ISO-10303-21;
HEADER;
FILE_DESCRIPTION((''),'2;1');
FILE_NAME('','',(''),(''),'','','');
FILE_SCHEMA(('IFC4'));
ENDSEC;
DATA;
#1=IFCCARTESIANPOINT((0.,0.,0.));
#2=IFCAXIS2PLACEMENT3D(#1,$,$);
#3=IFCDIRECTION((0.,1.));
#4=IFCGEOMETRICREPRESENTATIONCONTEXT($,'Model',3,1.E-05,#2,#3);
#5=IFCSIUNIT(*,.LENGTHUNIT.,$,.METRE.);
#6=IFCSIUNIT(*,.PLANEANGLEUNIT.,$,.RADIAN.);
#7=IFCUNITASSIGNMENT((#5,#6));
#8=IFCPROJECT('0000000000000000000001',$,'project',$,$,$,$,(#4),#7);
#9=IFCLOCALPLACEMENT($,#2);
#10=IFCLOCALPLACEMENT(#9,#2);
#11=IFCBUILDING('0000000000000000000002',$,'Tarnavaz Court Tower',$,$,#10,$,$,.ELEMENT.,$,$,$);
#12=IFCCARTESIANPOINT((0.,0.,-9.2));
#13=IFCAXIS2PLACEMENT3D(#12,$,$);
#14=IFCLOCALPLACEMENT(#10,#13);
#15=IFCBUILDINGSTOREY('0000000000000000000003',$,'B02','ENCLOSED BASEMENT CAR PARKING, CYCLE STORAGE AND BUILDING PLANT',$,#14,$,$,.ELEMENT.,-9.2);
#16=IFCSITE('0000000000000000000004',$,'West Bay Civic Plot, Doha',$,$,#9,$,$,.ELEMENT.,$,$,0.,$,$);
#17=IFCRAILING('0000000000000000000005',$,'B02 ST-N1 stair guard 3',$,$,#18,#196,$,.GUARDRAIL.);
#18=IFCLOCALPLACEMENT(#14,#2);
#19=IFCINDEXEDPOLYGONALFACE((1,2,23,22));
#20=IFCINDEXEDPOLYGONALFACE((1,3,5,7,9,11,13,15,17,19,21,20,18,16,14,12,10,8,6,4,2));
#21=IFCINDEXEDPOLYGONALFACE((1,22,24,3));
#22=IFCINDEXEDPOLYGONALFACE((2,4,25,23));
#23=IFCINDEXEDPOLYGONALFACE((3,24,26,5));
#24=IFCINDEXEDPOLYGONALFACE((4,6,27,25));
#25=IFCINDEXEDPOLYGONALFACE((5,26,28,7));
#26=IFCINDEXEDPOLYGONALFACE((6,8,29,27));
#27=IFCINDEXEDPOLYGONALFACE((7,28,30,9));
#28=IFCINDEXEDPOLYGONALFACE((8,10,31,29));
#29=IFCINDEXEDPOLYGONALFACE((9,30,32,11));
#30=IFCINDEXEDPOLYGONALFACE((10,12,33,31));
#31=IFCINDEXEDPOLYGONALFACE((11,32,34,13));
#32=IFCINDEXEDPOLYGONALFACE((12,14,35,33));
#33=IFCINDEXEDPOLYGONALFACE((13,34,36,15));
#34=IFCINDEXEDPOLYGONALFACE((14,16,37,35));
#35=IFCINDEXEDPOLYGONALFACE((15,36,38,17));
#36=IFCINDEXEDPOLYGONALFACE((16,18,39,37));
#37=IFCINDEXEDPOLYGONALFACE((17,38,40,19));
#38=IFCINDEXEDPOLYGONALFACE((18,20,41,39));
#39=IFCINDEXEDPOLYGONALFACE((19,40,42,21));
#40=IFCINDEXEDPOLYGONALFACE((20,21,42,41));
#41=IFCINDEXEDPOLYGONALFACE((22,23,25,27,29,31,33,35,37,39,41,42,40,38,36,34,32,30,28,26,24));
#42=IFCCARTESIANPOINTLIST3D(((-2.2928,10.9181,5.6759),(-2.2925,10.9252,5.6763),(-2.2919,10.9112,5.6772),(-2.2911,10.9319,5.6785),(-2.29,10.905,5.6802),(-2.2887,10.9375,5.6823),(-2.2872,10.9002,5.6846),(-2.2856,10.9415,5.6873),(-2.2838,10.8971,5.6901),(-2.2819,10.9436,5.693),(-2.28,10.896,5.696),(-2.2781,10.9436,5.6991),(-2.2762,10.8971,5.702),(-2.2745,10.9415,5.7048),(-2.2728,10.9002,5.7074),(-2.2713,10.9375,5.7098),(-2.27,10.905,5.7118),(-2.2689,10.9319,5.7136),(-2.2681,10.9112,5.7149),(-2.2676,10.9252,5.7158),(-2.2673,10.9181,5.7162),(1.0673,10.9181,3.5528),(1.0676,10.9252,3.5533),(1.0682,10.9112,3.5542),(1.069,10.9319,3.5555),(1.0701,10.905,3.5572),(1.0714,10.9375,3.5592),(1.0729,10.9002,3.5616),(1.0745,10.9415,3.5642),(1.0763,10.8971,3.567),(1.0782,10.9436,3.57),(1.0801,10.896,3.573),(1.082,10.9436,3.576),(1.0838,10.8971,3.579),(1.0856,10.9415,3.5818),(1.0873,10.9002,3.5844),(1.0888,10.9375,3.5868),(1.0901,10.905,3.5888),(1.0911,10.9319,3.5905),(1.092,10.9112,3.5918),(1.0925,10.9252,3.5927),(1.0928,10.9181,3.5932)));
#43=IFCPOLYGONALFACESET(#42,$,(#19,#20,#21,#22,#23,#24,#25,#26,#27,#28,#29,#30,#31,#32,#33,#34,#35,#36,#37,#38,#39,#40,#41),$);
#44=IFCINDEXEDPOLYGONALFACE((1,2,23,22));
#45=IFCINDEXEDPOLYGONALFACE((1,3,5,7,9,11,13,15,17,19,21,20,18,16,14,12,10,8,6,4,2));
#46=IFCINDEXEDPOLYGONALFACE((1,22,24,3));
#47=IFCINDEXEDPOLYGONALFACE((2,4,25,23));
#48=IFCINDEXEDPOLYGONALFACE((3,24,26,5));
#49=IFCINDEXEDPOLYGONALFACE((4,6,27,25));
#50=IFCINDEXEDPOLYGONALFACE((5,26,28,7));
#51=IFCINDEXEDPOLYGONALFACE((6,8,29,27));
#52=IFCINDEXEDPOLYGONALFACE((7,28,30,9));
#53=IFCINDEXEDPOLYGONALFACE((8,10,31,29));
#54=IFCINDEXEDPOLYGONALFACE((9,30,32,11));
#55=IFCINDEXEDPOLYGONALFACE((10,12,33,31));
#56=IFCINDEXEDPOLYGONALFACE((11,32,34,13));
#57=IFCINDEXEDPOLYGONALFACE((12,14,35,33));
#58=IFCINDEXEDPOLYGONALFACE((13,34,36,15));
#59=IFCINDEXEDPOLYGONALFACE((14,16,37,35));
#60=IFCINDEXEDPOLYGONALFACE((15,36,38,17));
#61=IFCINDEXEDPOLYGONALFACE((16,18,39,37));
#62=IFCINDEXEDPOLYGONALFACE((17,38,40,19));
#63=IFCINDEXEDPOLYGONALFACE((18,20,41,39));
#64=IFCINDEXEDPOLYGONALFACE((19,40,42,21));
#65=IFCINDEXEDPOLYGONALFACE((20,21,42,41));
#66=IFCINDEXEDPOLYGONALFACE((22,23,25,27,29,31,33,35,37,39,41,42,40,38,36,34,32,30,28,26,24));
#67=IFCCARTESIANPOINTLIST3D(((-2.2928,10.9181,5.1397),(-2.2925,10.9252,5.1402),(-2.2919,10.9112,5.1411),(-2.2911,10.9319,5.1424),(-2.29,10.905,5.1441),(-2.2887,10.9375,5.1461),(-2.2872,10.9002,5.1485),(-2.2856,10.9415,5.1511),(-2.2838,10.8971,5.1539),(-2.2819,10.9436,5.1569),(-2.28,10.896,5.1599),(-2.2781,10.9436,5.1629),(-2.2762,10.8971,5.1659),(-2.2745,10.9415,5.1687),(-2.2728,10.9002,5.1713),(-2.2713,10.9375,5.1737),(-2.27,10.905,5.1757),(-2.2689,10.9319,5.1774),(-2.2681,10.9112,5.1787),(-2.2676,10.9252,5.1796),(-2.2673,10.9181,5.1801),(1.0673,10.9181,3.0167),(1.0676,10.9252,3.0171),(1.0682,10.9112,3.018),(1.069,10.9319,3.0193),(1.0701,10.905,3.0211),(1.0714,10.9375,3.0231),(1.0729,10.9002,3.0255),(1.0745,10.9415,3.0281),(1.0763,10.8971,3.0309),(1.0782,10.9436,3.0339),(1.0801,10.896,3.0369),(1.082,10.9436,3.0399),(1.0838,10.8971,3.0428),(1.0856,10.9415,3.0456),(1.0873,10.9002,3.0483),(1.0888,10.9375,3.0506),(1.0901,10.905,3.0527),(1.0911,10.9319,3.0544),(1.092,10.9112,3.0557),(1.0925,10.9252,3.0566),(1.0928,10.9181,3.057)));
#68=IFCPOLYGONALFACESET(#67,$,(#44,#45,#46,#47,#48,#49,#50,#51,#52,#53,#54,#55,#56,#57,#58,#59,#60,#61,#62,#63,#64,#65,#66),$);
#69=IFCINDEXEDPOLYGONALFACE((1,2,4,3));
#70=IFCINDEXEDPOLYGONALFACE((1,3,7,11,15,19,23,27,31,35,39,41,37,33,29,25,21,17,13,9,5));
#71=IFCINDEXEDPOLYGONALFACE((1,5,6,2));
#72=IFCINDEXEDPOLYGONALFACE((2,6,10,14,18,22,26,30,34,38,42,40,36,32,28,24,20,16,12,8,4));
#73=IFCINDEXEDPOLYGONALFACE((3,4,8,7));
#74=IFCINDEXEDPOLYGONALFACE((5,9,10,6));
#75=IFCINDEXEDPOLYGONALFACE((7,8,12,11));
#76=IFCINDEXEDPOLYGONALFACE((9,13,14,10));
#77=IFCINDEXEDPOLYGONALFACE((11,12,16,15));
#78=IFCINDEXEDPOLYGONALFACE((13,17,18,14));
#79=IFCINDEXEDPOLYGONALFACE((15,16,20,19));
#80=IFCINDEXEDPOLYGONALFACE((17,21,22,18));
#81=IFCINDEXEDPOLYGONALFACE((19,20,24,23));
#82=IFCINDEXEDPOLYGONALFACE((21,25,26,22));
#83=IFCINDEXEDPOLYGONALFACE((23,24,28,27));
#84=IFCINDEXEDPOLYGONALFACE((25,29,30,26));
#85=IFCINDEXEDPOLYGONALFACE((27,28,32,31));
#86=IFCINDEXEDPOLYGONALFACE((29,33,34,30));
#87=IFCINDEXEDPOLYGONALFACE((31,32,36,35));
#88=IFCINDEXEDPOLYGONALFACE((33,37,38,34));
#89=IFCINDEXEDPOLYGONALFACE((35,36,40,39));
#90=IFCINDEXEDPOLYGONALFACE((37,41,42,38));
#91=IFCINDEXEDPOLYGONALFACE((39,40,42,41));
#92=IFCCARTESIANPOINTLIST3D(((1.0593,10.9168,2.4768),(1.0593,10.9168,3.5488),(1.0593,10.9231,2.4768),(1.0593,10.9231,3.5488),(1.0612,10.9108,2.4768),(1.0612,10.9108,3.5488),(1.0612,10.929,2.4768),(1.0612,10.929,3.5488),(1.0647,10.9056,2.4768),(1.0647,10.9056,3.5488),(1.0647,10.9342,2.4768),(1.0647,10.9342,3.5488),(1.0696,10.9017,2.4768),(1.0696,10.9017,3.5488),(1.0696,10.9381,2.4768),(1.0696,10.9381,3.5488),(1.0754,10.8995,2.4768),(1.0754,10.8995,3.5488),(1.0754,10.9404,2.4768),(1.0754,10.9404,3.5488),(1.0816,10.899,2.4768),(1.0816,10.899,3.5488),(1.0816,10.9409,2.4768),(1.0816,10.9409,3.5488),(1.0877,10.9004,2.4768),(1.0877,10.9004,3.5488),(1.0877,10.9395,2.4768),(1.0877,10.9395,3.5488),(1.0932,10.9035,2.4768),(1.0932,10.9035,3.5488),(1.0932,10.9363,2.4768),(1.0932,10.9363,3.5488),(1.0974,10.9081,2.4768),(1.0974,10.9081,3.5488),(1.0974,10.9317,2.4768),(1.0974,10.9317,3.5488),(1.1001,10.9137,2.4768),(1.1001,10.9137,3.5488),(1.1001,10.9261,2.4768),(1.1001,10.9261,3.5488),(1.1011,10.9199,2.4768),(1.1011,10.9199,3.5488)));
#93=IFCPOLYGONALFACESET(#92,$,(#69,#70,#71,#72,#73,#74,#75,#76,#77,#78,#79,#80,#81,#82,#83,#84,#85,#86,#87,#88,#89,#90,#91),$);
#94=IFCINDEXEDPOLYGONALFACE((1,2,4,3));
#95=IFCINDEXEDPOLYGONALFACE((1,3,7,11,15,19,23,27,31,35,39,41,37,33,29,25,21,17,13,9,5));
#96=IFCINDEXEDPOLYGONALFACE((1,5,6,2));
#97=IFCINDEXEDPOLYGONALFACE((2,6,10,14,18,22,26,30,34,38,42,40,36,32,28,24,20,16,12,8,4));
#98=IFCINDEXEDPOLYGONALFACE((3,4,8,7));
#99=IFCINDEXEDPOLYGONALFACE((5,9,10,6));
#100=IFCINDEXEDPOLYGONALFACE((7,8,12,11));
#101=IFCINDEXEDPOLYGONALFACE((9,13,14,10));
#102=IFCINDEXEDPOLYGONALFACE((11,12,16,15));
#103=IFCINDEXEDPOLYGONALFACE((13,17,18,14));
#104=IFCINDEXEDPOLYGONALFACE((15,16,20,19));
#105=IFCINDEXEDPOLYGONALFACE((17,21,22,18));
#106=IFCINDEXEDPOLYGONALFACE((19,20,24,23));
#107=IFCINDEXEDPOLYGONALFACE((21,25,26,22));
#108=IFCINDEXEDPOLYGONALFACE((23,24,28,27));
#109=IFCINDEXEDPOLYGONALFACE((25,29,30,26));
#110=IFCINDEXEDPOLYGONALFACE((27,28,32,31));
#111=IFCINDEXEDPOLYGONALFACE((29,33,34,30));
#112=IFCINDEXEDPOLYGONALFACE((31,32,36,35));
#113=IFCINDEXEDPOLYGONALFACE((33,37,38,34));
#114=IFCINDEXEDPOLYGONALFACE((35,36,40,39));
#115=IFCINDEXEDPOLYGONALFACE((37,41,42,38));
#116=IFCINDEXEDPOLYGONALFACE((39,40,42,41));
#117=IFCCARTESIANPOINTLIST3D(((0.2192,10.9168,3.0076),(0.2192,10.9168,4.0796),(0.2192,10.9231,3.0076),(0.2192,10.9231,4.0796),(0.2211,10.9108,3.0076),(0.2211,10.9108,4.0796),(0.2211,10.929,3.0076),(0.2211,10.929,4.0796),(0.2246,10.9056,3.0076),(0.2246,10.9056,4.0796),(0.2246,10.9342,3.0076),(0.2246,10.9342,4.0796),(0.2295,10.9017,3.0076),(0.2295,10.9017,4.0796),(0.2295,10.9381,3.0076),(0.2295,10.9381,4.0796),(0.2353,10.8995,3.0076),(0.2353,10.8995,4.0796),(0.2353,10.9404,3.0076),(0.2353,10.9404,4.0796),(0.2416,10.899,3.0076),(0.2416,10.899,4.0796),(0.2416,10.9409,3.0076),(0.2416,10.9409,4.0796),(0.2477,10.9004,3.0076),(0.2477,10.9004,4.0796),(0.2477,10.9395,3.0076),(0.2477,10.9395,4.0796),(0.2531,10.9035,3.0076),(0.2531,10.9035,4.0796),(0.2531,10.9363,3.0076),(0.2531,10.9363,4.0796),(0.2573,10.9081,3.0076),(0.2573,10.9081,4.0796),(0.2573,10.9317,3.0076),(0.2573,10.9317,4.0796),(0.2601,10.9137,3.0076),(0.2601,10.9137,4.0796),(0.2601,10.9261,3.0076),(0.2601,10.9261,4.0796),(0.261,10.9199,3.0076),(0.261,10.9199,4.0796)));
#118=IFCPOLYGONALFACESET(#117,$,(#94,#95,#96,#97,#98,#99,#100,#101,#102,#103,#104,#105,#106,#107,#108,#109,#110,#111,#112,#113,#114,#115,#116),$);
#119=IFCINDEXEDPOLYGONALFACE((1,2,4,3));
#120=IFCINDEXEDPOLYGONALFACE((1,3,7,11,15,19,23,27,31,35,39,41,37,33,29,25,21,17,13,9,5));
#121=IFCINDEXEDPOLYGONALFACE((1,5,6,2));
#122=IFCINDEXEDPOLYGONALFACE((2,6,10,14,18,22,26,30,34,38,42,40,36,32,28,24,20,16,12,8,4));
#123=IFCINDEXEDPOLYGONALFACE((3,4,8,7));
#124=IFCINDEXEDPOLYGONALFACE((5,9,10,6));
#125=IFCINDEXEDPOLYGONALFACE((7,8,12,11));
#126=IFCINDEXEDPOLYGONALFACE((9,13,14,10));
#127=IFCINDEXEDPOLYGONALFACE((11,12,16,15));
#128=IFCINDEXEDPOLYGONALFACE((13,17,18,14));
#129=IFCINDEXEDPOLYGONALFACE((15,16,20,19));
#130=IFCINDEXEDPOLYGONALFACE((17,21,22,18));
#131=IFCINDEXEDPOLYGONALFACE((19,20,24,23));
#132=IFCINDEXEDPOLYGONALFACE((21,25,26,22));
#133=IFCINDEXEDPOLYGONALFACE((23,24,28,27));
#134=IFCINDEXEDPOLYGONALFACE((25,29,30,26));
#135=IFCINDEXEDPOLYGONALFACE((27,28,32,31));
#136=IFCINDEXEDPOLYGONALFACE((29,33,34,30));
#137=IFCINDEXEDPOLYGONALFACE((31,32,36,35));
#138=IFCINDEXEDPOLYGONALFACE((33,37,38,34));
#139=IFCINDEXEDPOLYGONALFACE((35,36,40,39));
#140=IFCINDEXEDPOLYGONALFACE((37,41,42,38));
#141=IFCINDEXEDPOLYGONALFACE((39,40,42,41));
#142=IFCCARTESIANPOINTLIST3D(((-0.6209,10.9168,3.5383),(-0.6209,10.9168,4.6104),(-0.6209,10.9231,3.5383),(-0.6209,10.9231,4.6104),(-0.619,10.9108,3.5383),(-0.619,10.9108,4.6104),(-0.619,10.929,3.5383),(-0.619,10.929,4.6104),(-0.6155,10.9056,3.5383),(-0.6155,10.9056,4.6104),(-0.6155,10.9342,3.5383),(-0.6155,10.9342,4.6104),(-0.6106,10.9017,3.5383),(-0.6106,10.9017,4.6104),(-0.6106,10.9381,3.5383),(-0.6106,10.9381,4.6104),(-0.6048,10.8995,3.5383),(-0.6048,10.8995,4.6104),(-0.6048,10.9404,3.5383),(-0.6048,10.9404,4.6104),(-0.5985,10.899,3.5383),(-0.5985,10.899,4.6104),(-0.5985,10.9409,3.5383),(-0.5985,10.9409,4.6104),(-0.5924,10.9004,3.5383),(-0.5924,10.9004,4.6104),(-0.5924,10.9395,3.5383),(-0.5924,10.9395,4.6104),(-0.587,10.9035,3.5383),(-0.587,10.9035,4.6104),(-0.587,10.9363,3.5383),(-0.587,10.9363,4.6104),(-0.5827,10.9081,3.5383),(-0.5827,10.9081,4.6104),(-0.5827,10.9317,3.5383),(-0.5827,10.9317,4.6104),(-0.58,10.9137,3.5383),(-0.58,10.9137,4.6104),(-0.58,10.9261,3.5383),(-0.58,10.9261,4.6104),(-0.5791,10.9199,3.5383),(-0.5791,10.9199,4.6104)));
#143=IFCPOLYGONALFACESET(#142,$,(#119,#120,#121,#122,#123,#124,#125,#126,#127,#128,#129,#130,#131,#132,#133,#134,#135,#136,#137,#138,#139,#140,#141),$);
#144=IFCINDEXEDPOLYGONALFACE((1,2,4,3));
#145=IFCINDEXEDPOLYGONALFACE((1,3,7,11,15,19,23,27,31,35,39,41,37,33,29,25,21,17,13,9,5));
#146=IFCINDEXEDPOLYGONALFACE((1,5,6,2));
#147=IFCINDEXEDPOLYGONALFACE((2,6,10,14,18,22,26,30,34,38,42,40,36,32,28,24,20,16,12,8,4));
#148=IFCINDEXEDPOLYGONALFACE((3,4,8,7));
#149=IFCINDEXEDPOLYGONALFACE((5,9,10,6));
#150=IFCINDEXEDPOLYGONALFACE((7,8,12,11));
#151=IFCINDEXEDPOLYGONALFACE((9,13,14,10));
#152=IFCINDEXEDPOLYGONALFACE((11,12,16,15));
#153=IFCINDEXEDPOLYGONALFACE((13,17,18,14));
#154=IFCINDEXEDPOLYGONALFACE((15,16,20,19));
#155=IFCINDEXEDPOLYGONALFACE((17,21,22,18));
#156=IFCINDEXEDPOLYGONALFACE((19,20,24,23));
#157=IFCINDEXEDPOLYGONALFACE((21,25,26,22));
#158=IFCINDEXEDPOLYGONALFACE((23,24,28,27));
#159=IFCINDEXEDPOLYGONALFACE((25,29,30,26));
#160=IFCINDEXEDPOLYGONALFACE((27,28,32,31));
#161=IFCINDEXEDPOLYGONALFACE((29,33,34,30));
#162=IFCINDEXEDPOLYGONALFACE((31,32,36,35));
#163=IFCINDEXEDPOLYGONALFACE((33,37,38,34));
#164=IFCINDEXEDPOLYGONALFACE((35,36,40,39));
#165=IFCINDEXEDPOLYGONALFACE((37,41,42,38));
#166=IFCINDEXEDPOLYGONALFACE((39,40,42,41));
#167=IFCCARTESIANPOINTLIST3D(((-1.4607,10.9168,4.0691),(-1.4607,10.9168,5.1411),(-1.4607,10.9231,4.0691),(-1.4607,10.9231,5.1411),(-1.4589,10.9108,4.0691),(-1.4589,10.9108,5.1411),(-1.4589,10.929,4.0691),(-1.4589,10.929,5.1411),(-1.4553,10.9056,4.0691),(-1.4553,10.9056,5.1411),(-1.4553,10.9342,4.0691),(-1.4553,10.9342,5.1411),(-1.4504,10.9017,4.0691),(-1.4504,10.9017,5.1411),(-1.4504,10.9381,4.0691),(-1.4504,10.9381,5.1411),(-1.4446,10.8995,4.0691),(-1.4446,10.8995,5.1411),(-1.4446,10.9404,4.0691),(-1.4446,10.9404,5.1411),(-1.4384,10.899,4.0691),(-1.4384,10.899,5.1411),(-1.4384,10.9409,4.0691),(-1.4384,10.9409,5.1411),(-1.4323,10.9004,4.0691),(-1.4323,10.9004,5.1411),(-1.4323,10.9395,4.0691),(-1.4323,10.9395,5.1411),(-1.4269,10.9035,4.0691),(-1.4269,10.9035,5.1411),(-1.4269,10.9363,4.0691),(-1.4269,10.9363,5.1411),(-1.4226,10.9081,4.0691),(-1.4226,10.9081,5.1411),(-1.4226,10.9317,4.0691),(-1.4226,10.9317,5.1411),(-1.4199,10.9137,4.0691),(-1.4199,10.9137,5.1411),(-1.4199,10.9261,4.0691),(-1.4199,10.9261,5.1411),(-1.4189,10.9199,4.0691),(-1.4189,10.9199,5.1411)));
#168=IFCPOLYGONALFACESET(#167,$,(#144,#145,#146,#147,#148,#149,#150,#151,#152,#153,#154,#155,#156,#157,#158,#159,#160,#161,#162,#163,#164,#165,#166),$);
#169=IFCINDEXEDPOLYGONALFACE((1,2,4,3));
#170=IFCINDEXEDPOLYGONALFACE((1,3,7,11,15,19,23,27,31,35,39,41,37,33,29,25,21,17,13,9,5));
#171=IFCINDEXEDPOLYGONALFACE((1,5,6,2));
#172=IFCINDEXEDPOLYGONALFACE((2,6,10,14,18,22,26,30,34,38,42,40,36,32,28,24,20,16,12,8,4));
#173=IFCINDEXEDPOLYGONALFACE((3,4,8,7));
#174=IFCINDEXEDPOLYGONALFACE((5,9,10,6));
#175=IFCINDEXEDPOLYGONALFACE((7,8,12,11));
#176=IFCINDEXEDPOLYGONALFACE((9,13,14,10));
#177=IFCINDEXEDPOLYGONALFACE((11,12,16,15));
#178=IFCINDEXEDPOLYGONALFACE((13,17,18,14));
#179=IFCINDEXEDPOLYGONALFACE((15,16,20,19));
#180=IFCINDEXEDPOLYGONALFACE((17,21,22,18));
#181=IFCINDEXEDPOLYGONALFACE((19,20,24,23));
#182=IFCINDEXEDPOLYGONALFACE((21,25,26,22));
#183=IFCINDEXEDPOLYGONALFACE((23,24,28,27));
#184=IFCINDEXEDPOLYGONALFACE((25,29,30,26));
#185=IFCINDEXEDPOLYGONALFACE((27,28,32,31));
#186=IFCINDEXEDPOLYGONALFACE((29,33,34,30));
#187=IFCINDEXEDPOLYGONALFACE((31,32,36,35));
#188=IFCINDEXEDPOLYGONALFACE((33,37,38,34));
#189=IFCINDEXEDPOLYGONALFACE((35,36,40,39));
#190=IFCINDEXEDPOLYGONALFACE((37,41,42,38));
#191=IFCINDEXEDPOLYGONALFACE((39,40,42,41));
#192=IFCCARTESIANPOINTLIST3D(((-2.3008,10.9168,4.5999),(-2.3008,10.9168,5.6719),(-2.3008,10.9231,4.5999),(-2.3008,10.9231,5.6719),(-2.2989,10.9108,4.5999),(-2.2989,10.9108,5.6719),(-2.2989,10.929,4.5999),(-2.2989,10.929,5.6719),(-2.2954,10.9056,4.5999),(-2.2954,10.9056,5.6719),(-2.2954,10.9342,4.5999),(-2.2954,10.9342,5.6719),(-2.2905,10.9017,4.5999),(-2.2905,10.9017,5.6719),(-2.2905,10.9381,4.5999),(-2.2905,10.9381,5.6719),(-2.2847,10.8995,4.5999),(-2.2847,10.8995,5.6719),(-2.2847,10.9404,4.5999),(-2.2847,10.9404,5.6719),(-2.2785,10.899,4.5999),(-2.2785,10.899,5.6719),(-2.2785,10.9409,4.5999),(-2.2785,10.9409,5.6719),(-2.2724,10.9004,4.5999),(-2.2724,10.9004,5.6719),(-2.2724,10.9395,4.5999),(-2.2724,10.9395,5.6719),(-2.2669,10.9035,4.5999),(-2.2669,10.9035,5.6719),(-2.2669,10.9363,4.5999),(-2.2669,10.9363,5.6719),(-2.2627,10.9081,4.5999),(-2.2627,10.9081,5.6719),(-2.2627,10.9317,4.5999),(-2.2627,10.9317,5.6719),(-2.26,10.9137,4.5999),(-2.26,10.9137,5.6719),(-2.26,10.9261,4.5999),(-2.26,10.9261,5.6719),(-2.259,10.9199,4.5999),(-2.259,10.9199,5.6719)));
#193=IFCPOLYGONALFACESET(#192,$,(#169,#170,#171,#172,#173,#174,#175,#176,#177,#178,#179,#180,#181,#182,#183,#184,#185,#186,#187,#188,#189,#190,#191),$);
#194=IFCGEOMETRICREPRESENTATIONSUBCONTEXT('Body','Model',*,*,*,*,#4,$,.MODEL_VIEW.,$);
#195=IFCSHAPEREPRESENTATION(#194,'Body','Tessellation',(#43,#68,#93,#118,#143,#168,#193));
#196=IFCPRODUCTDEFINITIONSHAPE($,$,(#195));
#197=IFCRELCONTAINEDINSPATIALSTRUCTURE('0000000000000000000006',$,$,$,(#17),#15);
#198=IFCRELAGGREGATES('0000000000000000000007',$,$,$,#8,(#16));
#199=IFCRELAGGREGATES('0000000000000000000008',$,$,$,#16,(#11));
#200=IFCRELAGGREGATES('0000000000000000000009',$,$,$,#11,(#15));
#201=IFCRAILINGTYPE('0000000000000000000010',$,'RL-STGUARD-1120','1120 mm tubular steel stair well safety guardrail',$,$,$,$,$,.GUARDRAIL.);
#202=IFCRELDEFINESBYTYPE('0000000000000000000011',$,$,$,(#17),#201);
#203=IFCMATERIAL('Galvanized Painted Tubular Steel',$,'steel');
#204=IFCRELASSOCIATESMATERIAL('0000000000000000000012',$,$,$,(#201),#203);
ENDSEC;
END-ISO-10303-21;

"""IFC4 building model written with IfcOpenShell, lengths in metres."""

from ifc_helpers import new_model, si_unit, direction, frame, origin, origin_2d, place, context, subcontext, project, spatial, circle, extrude, material, type_object, element, save


model = new_model("IFC4")

# Units and contexts
model_context = context("Model", 3, precision=1e-05, world=origin(), true_north=direction((0.0, 1.0)))
body_context = subcontext(model_context, "Body", "Model", "MODEL_VIEW")
ifc_project = project(units=[si_unit("LENGTHUNIT", "METRE"), si_unit("PLANEANGLEUNIT", "RADIAN")], contexts=[model_context])

# Site, building, storey
site_placement = place(None, origin())
site = spatial("IfcSite", under=ifc_project, at=site_placement, Name="West Bay Civic Plot, Doha", CompositionType="ELEMENT", RefElevation=0.0)
building_placement = place(site_placement, origin())
building = spatial("IfcBuilding", under=site, at=building_placement, Name="Tarnavaz Court Tower", CompositionType="ELEMENT")
storey_placement = place(building_placement, frame((0.0, 0.0, -9.2)))
storey = spatial("IfcBuildingStorey", under=building, at=storey_placement, Name="B02", Description="ENCLOSED BASEMENT CAR PARKING, CYCLE STORAGE AND BUILDING PLANT", CompositionType="ELEMENT", Elevation=-9.2)

# Railing
ifc_material_1 = material(Name="Galvanized Painted Tubular Steel", Category="steel")
railing_type_1 = type_object("IfcRailingType", Name="RL-STGUARD-1120", Description="1120 mm tubular steel stair well safety guardrail", PredefinedType="GUARDRAIL", material=ifc_material_1)
railing_1_placement = place(storey_placement, frame((1.0801, 10.9199, 2.4768)))
element("IfcRailing", 1, at=railing_1_placement, inside=storey, type_object=railing_type_1, Name="B02 ST-N1 stair guard 3", PredefinedType="GUARDRAIL", context=body_context, shape_type="SweptSolid", body=[
    extrude(circle(Radius=0.0239, at=origin_2d()), frame((0.0, 0.0, 1.0962), z_axis=(-0.84539, 0.0, 0.53415), x_axis=(0.0, -1.0, 0.0)), (0.0, 0.0, 1.0), 3.9746),
    extrude(circle(Radius=0.0239, at=origin_2d()), frame((0.0, 0.0, 0.5601), z_axis=(-0.84539, 0.0, 0.53415), x_axis=(0.0, -1.0, 0.0)), (0.0, 0.0, 1.0), 3.9746),
    extrude(circle(Radius=0.021, at=origin_2d()), origin(), (0.0, 0.0, 1.0), 1.072),
    extrude(circle(Radius=0.021, at=origin_2d()), frame((-0.8401, 0.0, 0.5308)), (0.0, 0.0, 1.0), 1.072),
    extrude(circle(Radius=0.021, at=origin_2d()), frame((-1.6802, 0.0, 1.0615)), (0.0, 0.0, 1.0), 1.072),
    extrude(circle(Radius=0.021, at=origin_2d()), frame((-2.52, 0.0, 1.5923)), (0.0, 0.0, 1.0), 1.072),
    extrude(circle(Radius=0.021, at=origin_2d()), frame((-3.3601, 0.0, 2.123)), (0.0, 0.0, 1.0), 1.072),
])

save(model, "model.ifc")
